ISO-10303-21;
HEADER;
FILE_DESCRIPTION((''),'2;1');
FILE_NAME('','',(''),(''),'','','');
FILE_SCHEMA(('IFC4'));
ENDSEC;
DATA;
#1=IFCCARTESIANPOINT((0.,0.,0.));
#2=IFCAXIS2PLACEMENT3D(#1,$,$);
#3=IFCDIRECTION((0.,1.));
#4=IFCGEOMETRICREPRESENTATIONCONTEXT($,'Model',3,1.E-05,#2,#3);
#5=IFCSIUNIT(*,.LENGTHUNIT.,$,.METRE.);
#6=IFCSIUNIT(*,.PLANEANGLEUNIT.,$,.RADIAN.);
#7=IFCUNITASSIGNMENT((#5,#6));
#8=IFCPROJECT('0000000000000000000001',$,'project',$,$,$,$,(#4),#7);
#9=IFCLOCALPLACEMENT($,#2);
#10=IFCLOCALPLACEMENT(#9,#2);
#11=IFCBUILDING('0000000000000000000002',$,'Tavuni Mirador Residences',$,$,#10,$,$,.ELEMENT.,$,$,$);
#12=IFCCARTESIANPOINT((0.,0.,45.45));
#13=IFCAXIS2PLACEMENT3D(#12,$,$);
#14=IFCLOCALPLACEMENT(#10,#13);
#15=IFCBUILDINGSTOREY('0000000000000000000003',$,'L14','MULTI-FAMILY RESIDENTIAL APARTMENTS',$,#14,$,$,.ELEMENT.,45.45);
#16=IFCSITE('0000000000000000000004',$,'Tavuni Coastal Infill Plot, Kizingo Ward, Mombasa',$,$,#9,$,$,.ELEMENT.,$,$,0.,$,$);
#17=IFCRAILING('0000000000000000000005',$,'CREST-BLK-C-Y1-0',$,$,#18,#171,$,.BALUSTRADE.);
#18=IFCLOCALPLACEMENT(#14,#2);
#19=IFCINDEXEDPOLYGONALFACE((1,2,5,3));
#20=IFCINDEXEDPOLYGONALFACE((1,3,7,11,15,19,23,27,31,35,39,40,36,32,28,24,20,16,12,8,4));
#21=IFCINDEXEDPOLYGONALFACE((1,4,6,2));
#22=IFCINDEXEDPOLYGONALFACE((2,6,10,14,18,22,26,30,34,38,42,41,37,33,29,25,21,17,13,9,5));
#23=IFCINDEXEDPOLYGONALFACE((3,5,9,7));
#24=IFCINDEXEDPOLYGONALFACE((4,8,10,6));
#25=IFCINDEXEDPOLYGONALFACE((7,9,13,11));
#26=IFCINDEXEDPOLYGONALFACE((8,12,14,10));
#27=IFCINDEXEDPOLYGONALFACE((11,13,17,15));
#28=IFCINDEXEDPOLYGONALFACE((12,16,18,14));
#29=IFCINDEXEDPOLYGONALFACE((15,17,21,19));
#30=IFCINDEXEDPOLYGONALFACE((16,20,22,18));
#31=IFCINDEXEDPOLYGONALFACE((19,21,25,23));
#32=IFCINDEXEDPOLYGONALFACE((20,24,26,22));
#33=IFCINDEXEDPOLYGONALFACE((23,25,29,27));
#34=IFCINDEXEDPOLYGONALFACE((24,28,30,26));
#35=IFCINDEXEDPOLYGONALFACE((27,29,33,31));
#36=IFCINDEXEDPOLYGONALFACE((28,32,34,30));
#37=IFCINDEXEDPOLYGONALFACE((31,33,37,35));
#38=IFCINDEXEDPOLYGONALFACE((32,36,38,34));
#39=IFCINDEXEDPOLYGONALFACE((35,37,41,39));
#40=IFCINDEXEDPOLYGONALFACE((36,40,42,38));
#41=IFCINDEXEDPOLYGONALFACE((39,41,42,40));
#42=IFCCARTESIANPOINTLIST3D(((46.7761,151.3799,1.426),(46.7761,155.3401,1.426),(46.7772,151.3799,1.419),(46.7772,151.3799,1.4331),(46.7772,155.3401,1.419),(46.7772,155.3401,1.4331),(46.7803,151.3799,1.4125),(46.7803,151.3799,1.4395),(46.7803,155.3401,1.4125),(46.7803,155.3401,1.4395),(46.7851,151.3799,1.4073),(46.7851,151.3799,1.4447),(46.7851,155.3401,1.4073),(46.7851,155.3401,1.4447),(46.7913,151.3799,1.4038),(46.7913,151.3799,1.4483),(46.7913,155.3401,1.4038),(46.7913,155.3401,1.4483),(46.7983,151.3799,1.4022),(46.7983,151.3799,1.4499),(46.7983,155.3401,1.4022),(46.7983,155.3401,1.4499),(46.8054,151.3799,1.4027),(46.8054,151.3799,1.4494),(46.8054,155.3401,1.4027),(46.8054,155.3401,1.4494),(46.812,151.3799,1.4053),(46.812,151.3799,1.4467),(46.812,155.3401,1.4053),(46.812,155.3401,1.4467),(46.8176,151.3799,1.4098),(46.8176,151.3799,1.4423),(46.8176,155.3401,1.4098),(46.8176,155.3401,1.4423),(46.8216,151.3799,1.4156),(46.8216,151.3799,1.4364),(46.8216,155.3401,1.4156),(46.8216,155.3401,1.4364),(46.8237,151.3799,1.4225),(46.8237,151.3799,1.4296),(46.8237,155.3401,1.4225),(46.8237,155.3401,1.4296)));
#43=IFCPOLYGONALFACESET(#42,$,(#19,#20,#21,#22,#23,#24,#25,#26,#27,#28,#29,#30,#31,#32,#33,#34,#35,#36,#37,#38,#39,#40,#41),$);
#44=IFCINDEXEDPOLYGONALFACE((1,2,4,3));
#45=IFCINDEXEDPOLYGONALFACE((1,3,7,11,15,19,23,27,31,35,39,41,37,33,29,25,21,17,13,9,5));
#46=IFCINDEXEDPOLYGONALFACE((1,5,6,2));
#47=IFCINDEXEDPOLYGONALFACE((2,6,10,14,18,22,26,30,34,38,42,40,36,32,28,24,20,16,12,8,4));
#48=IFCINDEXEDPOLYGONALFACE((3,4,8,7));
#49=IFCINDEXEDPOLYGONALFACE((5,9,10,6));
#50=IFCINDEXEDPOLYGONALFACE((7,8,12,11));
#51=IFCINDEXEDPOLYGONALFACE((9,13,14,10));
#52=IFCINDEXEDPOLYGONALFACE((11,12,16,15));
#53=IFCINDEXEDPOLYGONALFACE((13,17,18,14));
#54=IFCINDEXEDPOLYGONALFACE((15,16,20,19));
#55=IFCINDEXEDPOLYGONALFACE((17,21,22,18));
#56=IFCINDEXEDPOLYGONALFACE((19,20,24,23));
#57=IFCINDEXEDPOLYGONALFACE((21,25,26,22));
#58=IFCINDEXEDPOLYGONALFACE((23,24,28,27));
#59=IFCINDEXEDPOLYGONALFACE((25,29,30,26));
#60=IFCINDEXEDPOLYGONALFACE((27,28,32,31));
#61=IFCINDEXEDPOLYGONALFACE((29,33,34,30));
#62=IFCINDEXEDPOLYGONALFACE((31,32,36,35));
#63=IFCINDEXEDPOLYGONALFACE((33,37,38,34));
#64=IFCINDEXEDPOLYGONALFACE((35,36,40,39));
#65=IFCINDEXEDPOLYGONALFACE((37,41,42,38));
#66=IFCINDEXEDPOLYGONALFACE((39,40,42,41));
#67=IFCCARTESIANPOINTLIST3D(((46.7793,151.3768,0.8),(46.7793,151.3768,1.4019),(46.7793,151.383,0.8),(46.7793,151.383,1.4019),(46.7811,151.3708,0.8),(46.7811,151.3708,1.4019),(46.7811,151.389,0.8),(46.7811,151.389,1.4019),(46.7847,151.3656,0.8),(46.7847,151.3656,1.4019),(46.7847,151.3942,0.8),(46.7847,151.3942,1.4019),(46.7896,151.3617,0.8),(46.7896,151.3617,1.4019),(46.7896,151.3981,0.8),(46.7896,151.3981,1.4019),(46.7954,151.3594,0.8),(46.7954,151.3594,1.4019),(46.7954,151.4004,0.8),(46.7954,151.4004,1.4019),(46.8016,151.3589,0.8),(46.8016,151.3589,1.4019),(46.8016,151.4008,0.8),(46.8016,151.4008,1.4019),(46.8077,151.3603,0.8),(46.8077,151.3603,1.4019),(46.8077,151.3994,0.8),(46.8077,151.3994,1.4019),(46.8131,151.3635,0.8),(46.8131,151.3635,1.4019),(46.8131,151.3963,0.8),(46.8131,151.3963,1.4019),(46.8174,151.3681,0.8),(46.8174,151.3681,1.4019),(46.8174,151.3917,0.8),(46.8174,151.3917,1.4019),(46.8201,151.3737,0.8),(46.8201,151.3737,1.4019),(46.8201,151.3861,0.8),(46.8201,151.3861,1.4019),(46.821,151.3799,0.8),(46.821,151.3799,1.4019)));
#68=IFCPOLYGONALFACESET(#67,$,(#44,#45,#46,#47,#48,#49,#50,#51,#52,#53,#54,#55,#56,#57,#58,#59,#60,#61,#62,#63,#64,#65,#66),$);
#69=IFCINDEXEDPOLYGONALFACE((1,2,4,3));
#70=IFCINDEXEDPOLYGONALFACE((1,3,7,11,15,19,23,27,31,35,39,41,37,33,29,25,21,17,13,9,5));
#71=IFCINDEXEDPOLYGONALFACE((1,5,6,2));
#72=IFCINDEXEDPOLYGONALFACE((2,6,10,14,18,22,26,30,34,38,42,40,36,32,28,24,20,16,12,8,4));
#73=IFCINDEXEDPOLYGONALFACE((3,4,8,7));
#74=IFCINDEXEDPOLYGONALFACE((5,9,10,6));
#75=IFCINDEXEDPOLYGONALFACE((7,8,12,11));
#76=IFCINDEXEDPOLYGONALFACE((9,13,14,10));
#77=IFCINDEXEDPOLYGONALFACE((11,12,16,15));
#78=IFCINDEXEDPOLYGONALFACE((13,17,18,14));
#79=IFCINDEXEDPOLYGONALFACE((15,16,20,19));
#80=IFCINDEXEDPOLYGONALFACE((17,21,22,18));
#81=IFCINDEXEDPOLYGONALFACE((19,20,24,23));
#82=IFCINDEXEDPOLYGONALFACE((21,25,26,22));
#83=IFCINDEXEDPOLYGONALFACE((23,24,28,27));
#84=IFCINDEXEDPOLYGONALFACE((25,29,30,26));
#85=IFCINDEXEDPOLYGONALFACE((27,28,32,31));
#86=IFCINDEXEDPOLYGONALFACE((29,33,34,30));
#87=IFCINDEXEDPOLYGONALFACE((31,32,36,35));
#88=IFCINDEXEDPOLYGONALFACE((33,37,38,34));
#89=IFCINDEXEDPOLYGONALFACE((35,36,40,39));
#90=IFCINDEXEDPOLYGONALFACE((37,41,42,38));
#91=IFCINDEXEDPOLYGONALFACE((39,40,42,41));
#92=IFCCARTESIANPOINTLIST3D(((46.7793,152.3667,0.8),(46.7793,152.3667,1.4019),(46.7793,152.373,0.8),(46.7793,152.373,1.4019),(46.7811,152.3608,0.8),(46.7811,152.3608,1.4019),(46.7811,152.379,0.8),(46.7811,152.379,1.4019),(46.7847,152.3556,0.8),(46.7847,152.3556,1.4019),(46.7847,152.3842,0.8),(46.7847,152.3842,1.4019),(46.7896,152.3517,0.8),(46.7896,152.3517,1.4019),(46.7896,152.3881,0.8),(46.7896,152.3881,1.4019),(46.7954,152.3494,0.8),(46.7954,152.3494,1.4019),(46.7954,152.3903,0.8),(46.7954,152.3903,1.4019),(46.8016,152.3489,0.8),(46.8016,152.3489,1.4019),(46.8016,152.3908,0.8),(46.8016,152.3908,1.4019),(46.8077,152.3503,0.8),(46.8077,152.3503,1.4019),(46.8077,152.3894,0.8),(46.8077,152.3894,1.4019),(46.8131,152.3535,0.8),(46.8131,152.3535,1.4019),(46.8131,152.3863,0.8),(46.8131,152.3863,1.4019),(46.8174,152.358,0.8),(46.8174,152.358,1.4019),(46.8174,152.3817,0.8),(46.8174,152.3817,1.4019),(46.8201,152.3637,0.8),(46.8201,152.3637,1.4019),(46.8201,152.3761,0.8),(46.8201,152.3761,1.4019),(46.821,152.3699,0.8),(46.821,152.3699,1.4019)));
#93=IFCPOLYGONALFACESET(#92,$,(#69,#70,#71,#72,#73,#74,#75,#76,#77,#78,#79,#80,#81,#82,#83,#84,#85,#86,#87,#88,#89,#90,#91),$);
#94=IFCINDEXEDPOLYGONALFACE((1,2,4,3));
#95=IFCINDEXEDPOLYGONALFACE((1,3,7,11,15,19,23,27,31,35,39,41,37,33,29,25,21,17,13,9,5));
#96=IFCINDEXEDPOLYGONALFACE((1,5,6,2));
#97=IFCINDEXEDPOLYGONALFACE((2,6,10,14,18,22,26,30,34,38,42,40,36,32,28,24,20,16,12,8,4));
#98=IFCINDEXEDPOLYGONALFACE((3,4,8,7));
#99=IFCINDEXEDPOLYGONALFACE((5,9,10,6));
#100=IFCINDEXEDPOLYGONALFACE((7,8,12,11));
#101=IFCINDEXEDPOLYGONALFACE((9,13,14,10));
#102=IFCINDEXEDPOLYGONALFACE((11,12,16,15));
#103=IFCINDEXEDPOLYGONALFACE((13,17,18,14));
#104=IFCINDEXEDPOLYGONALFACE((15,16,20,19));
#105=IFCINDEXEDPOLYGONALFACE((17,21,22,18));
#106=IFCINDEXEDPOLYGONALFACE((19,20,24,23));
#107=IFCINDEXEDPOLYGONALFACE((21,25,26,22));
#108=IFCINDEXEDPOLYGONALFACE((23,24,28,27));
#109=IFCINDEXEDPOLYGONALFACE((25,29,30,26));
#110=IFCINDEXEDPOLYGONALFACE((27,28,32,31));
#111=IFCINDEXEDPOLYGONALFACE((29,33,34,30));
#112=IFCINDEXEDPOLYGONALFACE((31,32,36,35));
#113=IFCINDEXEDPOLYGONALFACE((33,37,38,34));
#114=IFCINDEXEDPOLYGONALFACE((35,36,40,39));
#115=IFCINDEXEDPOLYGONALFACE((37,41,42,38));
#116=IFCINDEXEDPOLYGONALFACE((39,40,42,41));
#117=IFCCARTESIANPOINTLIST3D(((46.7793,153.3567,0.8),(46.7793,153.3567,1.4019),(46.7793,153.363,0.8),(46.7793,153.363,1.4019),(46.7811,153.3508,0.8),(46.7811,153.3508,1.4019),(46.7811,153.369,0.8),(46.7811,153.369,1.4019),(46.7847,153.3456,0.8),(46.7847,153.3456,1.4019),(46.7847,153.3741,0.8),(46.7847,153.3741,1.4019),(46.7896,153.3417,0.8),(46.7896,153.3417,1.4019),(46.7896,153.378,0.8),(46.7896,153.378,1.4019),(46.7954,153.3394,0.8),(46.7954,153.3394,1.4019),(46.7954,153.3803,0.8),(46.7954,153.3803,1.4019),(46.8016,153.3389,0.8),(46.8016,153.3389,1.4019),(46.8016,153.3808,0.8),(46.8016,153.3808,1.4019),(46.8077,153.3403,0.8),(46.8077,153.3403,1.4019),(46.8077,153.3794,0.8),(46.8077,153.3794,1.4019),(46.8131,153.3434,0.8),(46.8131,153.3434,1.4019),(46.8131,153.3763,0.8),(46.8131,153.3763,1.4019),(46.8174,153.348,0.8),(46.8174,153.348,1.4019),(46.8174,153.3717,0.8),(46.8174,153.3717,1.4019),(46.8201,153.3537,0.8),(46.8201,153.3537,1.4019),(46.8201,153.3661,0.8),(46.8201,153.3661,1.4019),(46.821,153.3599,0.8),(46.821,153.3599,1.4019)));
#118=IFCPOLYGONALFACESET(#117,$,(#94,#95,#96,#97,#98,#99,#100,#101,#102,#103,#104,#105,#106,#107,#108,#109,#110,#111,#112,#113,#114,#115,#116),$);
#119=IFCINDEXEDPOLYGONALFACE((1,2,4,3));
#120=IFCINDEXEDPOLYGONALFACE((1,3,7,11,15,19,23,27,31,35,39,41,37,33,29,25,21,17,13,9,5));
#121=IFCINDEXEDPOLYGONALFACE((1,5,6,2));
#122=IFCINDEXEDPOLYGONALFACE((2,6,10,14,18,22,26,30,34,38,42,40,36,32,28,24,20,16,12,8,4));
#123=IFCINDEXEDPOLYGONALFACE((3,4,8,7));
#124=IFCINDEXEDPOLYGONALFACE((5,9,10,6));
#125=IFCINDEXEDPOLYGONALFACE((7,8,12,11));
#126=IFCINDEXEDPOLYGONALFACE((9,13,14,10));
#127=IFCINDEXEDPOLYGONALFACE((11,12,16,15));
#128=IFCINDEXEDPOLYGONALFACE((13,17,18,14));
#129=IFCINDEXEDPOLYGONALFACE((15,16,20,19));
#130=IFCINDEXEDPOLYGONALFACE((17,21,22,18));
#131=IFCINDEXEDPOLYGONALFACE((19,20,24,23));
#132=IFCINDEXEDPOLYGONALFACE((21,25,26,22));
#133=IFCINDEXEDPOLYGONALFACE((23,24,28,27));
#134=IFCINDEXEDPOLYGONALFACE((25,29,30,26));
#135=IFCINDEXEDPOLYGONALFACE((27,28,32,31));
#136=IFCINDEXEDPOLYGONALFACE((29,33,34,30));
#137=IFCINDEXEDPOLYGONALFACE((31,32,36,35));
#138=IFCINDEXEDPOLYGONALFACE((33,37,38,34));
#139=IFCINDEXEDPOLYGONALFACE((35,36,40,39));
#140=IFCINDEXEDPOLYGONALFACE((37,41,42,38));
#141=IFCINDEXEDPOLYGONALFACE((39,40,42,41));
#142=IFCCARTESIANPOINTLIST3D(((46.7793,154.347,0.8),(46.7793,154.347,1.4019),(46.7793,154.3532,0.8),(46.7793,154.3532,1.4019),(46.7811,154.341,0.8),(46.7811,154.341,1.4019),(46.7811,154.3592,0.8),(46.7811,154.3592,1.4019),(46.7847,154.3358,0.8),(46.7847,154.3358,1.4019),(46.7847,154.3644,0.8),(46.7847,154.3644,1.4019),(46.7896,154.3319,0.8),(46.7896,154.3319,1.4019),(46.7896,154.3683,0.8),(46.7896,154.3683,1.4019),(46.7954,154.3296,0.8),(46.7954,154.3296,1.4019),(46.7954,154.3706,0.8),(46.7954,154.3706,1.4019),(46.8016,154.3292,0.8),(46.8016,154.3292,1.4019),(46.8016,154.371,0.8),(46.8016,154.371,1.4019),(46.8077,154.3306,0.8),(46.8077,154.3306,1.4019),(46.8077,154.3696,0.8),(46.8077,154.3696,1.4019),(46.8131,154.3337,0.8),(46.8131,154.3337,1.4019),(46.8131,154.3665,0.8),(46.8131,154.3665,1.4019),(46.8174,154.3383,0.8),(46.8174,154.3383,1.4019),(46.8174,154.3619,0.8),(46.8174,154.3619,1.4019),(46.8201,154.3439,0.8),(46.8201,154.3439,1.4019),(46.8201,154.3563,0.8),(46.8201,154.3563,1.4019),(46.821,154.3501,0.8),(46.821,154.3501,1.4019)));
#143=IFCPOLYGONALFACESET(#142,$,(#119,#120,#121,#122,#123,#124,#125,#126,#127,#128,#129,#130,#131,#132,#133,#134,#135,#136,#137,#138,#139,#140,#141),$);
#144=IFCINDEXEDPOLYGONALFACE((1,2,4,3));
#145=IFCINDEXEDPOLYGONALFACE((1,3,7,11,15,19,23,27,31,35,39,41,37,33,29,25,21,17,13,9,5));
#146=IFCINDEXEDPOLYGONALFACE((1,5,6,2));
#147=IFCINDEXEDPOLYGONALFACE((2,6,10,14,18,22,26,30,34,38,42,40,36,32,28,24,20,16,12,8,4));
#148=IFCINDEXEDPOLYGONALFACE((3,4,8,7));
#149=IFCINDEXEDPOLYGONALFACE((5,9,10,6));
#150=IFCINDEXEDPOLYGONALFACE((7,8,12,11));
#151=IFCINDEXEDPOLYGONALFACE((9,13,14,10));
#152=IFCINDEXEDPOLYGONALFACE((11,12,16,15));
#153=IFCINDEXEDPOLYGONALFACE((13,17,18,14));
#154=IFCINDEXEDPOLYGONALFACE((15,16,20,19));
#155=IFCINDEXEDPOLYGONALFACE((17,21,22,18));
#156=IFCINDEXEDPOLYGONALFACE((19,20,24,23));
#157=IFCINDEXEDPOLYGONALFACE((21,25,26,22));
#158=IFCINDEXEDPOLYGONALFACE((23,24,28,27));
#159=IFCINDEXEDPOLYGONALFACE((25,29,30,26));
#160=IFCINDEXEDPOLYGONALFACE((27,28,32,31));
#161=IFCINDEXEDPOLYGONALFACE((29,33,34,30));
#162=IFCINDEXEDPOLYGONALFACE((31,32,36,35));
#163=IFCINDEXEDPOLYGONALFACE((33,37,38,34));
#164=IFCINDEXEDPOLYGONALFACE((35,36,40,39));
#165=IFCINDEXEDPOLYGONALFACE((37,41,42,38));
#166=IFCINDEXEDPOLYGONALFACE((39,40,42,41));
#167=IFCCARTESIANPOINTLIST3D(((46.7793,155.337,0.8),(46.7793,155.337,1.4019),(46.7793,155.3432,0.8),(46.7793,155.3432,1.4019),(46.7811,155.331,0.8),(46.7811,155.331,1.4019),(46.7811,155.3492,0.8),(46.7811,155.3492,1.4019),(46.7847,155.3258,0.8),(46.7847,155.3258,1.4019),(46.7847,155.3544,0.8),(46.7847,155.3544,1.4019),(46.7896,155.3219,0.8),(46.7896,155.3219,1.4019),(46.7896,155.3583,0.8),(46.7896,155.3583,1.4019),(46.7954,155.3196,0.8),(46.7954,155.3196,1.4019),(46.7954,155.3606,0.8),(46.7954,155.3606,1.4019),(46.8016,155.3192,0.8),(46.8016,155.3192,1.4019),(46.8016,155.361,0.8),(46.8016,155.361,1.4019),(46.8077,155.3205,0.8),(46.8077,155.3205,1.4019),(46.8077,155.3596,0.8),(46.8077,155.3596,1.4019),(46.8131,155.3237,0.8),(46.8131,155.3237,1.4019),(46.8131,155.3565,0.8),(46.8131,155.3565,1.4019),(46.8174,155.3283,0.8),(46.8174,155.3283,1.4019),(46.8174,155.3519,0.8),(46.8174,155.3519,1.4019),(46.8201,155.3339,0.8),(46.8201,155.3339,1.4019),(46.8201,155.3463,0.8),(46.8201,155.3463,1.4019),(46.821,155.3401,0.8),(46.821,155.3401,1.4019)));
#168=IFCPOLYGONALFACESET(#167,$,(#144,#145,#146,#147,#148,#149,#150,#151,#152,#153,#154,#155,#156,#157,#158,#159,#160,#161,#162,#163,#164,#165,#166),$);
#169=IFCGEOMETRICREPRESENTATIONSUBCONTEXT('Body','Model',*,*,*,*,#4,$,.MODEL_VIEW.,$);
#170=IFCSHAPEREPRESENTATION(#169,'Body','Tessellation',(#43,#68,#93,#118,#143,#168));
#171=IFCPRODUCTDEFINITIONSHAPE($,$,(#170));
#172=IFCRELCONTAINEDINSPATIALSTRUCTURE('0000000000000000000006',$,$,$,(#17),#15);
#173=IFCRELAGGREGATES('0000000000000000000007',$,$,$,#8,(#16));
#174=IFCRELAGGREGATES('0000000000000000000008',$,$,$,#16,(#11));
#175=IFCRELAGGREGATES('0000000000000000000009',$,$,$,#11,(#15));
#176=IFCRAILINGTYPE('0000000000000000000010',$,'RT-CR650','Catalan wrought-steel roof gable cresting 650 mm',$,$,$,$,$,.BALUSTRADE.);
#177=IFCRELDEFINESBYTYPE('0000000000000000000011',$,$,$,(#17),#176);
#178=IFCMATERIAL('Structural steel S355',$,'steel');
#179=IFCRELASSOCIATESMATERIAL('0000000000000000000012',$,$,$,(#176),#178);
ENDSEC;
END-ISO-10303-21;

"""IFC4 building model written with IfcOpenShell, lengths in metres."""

from ifc_helpers import new_model, si_unit, direction, frame, origin, origin_2d, place, context, subcontext, project, spatial, circle, extrude, material, type_object, element, save


model = new_model("IFC4")

# Units and contexts
model_context = context("Model", 3, precision=1e-05, world=origin(), true_north=direction((0.0, 1.0)))
body_context = subcontext(model_context, "Body", "Model", "MODEL_VIEW")
ifc_project = project(units=[si_unit("LENGTHUNIT", "METRE"), si_unit("PLANEANGLEUNIT", "RADIAN")], contexts=[model_context])

# Site, building, storey
site_placement = place(None, origin())
site = spatial("IfcSite", under=ifc_project, at=site_placement, Name="Tavuni Coastal Infill Plot, Kizingo Ward, Mombasa", CompositionType="ELEMENT", RefElevation=0.0)
building_placement = place(site_placement, origin())
building = spatial("IfcBuilding", under=site, at=building_placement, Name="Tavuni Mirador Residences", CompositionType="ELEMENT")
storey_placement = place(building_placement, frame((0.0, 0.0, 45.45)))
storey = spatial("IfcBuildingStorey", under=building, at=storey_placement, Name="L14", Description="MULTI-FAMILY RESIDENTIAL APARTMENTS", CompositionType="ELEMENT", Elevation=45.45)

# Shared definitions
ifc_material_1 = material(Name="Structural steel S355", Category="steel")

# Railing
railing_type = type_object("IfcRailingType", Name="RT-CR650", Description="Catalan wrought-steel roof gable cresting 650 mm", PredefinedType="BALUSTRADE", material=ifc_material_1)
railing_1_placement = place(storey_placement, frame((46.8, 151.3799, 0.8)))
element("IfcRailing", 1, at=railing_1_placement, inside=storey, type_object=railing_type, Name="CREST-BLK-C-Y1-0", PredefinedType="BALUSTRADE", context=body_context, shape_type="SweptSolid", body=[
    extrude(circle(Radius=0.0239, at=origin_2d()), frame((0.0, 0.0, 0.626), z_axis=(0.0, 1.0, 0.0), x_axis=(-1.0, 0.0, 0.0)), (0.0, 0.0, 1.0), 3.9602),
    extrude(circle(Radius=0.021, at=origin_2d()), origin(), (0.0, 0.0, 1.0), 0.6018),
    extrude(circle(Radius=0.021, at=origin_2d()), frame((0.0, 0.99, 0.0)), (0.0, 0.0, 1.0), 0.6018),
    extrude(circle(Radius=0.021, at=origin_2d()), frame((0.0, 1.98, 0.0)), (0.0, 0.0, 1.0), 0.6018),
    extrude(circle(Radius=0.021, at=origin_2d()), frame((0.0, 2.9702, 0.0)), (0.0, 0.0, 1.0), 0.6018),
    extrude(circle(Radius=0.021, at=origin_2d()), frame((0.0, 3.9602, 0.0)), (0.0, 0.0, 1.0), 0.6018),
])

save(model, "model.ifc")
